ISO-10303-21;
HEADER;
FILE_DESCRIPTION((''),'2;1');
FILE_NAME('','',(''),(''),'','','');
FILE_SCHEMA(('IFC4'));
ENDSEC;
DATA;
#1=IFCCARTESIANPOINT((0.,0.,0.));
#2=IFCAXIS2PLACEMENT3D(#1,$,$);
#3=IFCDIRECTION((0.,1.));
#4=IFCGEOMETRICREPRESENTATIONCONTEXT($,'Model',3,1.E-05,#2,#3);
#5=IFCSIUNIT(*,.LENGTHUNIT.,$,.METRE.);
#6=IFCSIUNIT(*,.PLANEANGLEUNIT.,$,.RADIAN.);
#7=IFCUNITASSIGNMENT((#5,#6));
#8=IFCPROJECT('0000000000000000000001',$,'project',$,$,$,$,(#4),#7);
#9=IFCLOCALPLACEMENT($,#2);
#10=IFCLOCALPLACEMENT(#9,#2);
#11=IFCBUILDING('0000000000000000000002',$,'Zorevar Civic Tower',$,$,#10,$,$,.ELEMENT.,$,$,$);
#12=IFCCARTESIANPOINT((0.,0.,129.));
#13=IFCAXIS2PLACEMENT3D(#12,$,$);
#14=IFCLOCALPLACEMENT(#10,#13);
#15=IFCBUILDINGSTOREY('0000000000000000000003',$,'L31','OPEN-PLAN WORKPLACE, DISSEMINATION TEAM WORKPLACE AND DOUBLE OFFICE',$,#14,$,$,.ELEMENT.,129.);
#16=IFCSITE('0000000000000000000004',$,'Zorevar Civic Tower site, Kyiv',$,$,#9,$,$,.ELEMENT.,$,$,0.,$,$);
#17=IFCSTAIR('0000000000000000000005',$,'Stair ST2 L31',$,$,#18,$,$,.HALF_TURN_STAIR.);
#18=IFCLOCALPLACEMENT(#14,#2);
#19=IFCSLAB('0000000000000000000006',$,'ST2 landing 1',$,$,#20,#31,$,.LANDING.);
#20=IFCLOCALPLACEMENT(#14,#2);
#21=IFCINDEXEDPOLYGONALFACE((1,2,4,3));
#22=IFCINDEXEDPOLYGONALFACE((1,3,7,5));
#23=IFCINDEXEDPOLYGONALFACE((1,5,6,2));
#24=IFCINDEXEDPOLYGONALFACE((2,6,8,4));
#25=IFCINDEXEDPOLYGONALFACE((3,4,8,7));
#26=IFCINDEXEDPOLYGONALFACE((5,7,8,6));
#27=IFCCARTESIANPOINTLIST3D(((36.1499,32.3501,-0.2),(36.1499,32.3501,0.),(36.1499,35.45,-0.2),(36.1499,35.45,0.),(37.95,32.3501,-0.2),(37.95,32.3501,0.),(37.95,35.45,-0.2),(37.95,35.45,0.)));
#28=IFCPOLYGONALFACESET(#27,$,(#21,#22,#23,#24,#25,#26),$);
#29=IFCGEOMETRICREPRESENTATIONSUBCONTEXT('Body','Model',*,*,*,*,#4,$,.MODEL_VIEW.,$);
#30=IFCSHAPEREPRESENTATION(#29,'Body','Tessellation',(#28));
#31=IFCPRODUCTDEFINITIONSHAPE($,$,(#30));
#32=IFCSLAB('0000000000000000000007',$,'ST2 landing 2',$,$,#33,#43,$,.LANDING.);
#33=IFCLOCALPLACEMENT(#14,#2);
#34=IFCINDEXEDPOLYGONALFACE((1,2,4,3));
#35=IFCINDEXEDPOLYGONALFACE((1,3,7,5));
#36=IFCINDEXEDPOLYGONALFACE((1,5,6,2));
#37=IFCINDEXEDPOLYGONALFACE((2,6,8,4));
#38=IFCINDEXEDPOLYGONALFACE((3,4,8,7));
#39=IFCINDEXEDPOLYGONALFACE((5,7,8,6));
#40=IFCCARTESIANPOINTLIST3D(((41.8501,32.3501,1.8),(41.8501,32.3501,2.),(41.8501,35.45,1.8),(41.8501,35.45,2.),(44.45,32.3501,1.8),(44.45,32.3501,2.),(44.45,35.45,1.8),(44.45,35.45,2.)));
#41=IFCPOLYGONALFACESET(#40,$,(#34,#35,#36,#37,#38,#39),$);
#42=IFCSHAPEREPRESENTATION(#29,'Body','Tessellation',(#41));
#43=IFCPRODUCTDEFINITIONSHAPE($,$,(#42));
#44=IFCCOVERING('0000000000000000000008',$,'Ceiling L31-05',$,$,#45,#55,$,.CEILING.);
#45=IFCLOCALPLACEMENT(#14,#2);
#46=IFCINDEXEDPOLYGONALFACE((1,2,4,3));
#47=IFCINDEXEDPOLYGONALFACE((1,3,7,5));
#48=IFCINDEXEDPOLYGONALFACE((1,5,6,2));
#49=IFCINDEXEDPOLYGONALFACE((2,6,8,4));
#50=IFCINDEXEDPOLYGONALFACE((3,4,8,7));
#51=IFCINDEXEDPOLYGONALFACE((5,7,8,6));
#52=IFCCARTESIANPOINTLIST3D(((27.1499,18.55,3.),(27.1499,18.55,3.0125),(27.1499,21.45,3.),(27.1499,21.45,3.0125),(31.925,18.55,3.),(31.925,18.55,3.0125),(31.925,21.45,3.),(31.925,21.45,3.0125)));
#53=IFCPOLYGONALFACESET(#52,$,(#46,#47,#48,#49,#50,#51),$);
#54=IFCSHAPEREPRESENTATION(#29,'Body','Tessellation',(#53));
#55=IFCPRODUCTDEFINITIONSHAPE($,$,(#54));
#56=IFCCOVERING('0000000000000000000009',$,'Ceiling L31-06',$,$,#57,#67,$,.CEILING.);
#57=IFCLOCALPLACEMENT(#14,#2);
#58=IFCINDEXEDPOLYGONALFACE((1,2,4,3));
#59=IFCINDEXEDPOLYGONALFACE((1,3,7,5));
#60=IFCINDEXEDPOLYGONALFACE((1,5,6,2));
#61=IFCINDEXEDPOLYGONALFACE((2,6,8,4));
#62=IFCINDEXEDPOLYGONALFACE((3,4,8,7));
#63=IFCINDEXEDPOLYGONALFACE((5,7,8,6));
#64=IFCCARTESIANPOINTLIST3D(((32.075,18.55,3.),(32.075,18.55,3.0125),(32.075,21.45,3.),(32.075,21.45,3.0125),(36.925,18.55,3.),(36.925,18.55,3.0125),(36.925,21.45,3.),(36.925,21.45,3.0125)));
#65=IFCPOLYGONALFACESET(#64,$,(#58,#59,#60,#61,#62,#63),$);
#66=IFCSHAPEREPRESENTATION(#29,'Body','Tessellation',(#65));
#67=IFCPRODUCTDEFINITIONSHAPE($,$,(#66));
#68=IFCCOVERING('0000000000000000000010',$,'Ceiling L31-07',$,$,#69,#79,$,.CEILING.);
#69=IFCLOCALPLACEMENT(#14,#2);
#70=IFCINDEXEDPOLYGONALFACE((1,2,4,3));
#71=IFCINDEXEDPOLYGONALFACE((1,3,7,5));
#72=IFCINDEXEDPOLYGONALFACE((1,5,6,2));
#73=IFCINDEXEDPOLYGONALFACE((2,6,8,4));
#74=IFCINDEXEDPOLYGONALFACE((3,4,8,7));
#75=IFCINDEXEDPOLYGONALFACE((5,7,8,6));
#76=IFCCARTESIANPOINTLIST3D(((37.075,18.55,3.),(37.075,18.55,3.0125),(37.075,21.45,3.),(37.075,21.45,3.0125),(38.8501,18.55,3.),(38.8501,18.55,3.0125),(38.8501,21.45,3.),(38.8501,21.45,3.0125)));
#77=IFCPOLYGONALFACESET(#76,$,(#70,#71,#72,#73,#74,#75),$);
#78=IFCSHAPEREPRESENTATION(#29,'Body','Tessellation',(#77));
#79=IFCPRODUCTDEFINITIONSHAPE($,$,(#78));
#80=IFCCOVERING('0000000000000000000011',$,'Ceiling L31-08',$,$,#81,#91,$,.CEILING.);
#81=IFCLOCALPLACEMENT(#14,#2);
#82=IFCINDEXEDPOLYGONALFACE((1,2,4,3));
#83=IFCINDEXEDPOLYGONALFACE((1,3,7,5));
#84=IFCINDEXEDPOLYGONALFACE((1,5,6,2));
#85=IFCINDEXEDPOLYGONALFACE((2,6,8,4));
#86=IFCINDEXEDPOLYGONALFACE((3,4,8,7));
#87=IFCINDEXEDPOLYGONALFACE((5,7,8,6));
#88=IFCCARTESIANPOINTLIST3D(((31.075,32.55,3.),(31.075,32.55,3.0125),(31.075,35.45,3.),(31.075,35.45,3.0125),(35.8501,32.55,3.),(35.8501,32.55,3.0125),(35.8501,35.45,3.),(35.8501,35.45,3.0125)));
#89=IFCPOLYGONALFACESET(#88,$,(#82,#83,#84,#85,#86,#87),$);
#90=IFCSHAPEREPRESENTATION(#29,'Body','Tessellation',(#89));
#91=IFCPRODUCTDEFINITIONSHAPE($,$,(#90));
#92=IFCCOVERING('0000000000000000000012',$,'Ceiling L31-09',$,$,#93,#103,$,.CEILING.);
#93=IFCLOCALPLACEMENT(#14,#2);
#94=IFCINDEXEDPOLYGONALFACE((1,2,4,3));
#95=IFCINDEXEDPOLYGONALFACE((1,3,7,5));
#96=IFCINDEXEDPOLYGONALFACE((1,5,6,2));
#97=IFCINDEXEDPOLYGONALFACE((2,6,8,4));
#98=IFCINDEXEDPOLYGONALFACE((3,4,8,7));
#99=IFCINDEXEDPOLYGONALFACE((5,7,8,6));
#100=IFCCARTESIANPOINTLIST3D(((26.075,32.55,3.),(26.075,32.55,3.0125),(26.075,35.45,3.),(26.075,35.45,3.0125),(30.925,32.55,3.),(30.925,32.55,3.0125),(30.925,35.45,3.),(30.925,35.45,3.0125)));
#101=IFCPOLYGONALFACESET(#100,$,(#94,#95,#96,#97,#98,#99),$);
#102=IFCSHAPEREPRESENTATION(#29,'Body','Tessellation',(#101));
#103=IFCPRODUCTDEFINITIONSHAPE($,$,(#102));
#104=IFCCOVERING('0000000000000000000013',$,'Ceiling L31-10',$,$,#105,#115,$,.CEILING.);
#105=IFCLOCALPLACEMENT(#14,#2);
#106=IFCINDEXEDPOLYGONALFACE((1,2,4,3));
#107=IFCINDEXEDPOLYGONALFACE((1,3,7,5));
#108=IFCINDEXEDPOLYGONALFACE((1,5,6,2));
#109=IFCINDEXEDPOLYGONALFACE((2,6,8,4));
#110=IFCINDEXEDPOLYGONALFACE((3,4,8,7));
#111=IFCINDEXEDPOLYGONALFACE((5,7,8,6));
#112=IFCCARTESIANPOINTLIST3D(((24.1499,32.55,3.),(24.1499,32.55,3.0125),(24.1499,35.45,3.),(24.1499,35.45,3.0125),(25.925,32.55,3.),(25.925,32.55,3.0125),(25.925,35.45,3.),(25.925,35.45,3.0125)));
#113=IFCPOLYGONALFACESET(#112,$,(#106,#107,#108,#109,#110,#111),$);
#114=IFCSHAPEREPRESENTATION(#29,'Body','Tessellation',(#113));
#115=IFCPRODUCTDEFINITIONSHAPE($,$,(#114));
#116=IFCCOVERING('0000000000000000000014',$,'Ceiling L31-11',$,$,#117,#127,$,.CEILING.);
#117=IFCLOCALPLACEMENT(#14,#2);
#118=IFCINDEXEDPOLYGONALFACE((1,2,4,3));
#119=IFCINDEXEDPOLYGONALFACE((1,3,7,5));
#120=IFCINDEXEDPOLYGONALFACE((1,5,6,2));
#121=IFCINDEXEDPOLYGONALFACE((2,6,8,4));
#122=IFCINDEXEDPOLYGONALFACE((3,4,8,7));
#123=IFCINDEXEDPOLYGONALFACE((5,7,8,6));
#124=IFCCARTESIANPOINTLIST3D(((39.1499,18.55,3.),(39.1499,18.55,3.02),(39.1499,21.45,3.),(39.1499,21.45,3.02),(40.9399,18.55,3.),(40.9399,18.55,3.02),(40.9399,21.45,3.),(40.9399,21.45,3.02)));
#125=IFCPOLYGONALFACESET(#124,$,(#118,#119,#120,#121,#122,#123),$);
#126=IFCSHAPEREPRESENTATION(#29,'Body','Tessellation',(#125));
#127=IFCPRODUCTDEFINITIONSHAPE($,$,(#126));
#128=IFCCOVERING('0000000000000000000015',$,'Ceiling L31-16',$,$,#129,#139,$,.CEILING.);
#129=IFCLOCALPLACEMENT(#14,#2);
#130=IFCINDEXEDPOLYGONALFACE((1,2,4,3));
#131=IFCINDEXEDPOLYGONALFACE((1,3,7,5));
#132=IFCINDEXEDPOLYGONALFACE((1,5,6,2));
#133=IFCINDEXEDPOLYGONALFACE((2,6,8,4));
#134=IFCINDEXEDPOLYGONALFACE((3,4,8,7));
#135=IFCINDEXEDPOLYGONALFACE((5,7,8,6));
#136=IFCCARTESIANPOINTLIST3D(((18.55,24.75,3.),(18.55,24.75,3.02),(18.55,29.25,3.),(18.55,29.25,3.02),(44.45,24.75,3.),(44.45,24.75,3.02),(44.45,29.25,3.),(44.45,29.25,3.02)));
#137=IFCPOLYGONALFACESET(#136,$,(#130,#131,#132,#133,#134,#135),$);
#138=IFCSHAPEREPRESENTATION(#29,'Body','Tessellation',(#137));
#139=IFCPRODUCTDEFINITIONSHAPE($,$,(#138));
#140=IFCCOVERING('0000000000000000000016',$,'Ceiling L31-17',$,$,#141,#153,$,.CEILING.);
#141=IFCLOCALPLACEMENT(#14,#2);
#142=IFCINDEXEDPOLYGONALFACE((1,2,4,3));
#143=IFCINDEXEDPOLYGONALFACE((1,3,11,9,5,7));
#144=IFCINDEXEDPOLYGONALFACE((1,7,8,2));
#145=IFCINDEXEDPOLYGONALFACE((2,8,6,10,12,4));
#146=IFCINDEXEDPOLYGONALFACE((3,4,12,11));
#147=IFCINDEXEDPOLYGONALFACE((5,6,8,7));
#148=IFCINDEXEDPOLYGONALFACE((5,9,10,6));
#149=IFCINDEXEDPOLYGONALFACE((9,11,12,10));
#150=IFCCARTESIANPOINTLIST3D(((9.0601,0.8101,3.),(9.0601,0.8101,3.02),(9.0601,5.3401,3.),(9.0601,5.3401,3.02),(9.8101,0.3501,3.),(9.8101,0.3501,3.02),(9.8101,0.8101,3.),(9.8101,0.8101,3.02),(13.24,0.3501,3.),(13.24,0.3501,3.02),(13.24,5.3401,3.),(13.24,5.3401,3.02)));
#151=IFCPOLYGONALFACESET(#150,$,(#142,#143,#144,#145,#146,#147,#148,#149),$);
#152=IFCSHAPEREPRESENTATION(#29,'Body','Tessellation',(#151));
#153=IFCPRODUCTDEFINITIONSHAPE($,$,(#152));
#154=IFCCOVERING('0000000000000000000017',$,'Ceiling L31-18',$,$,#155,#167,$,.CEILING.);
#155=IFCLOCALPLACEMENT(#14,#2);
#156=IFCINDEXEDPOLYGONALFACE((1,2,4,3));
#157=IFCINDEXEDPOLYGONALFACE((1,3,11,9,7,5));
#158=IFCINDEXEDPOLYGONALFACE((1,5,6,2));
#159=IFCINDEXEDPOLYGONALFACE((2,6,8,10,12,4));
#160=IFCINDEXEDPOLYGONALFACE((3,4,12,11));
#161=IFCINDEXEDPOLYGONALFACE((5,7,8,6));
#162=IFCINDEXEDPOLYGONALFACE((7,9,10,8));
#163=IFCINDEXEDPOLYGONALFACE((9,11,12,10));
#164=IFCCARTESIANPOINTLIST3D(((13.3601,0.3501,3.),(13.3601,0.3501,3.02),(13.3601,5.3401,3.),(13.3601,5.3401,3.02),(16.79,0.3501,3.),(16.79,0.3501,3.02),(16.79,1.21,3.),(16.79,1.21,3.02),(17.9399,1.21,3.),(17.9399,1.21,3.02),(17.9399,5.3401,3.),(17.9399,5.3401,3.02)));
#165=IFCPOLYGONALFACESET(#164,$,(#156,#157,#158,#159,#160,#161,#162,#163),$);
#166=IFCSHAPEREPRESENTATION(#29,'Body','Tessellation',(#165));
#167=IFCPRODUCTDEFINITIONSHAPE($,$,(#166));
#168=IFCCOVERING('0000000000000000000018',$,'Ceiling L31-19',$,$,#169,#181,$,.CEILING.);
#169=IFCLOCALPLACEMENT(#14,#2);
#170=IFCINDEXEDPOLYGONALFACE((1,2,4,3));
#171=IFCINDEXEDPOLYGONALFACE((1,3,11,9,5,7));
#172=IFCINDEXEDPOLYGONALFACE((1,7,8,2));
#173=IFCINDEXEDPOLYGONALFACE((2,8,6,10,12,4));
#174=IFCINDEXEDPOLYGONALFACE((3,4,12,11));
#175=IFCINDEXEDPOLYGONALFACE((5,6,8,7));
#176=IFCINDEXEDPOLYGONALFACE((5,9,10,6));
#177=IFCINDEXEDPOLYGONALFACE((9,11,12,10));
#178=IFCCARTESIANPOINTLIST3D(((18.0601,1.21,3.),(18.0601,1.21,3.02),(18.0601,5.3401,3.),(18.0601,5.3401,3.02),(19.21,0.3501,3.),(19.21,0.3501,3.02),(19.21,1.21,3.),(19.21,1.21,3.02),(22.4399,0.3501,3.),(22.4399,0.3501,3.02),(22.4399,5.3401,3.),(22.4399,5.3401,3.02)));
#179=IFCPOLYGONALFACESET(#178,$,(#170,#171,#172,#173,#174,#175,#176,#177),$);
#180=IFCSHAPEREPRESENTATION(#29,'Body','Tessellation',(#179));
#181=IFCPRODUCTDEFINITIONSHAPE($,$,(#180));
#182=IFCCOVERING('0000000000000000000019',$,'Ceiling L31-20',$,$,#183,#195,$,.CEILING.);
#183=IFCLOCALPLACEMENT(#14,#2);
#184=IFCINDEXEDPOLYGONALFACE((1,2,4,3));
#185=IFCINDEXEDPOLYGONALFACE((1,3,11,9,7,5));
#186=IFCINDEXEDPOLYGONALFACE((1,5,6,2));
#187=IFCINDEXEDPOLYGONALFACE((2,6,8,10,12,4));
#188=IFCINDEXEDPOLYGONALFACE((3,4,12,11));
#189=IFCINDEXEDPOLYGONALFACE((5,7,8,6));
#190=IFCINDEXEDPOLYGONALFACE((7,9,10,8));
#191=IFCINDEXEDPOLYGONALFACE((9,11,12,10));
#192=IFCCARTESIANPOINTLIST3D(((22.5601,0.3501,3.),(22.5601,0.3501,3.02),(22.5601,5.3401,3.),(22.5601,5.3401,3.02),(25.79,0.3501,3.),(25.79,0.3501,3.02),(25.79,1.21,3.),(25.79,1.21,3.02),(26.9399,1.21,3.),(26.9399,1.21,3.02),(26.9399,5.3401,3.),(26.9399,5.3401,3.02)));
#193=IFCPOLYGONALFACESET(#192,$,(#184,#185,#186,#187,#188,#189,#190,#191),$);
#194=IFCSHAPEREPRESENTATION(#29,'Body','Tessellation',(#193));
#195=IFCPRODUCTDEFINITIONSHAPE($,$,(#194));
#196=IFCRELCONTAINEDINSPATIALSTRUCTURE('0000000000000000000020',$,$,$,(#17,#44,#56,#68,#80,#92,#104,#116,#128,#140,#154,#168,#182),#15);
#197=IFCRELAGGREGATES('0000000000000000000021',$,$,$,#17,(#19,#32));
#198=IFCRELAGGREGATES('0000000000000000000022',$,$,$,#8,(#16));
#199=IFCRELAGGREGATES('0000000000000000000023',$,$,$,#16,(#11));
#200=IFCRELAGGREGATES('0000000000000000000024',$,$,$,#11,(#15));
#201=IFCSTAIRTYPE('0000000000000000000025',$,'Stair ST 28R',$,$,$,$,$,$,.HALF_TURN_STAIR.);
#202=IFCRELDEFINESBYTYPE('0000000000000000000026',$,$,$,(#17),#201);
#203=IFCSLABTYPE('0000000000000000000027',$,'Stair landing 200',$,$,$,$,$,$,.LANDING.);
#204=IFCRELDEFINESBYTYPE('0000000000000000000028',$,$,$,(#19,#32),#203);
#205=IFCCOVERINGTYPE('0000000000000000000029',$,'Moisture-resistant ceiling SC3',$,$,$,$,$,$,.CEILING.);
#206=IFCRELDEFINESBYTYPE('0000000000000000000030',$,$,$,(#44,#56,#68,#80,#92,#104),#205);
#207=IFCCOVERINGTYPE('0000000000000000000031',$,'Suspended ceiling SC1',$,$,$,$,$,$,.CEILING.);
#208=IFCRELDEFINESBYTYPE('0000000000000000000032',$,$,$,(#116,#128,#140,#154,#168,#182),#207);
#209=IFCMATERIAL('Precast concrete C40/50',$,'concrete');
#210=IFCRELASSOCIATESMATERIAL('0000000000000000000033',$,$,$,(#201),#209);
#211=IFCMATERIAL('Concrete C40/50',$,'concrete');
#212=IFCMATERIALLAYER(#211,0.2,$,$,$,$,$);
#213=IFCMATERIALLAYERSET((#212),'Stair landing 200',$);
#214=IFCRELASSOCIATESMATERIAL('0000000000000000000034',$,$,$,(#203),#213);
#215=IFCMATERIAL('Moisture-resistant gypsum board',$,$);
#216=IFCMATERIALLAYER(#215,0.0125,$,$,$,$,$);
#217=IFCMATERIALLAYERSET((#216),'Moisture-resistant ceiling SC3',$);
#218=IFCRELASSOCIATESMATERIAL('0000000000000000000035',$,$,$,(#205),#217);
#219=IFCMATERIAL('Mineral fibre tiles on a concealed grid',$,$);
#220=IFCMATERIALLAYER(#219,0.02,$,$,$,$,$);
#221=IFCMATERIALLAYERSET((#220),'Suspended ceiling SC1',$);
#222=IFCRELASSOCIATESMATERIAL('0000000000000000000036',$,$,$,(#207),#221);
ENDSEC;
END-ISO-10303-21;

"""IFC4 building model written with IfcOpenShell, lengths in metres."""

from ifc_helpers import new_model, si_unit, direction, frame, origin, place, context, subcontext, project, spatial, polyline, outline, extrude, material, layer, layer_set, type_object, element, aggregate, save


model = new_model("IFC4")

# Units and contexts
model_context = context("Model", 3, precision=1e-05, world=origin(), true_north=direction((0.0, 1.0)))
body_context = subcontext(model_context, "Body", "Model", "MODEL_VIEW")
ifc_project = project(units=[si_unit("LENGTHUNIT", "METRE"), si_unit("PLANEANGLEUNIT", "RADIAN")], contexts=[model_context])

# Site, building, storey
site_placement = place(None, origin())
site = spatial("IfcSite", under=ifc_project, at=site_placement, Name="Zorevar Civic Tower site, Kyiv", CompositionType="ELEMENT", RefElevation=0.0)
building_placement = place(site_placement, origin())
building = spatial("IfcBuilding", under=site, at=building_placement, Name="Zorevar Civic Tower", CompositionType="ELEMENT")
storey_placement = place(building_placement, frame((0.0, 0.0, 129.0)))
storey = spatial("IfcBuildingStorey", under=building, at=storey_placement, Name="L31", Description="OPEN-PLAN WORKPLACE, DISSEMINATION TEAM WORKPLACE AND DOUBLE OFFICE", CompositionType="ELEMENT", Elevation=129.0)

# Stair, slabs
ifc_material_1 = material(Name="Precast concrete C40/50", Category="concrete")
stair_type = type_object("IfcStairType", Name="Stair ST 28R", PredefinedType="HALF_TURN_STAIR", material=ifc_material_1)
ifc_material_2 = material(Name="Concrete C40/50", Category="concrete")
ifc_layer_1 = layer(ifc_material_2, 0.2)
ifc_layer_set_1 = layer_set([ifc_layer_1], Name="Stair landing 200")
slab_type_1 = type_object("IfcSlabType", Name="Stair landing 200", PredefinedType="LANDING", material=ifc_layer_set_1)
stair_1_placement = place(storey_placement, origin())
stair_1 = element("IfcStair", 1, at=stair_1_placement, inside=storey, type_object=stair_type, Name="Stair ST2 L31", PredefinedType="HALF_TURN_STAIR")
slab_1_placement = place(storey_placement, frame((0.0, 0.0, -0.2)))
slab_1 = element("IfcSlab", 2, at=slab_1_placement, type_object=slab_type_1, Name="ST2 landing 1", PredefinedType="LANDING", context=body_context, shape_type="SweptSolid", body=[
    extrude(outline(polyline([(37.95, 32.3501), (36.1499, 32.3501), (36.1499, 35.45), (37.95, 35.45), (37.95, 32.3501)])), origin(), (0.0, 0.0, 1.0), 0.2),
])
slab_2_placement = place(storey_placement, frame((0.0, 0.0, 1.8)))
slab_2 = element("IfcSlab", 3, at=slab_2_placement, type_object=slab_type_1, Name="ST2 landing 2", PredefinedType="LANDING", context=body_context, shape_type="SweptSolid", body=[
    extrude(outline(polyline([(44.45, 32.3501), (41.8501, 32.3501), (41.8501, 35.45), (44.45, 35.45), (44.45, 32.3501)])), origin(), (0.0, 0.0, 1.0), 0.2),
])
aggregate(stair_1, [slab_1, slab_2])

# Coverings
ifc_material_3 = material(Name="Moisture-resistant gypsum board")
ifc_layer_2 = layer(ifc_material_3, 0.0125)
ifc_layer_set_2 = layer_set([ifc_layer_2], Name="Moisture-resistant ceiling SC3")
covering_type_1 = type_object("IfcCoveringType", Name="Moisture-resistant ceiling SC3", PredefinedType="CEILING", material=ifc_layer_set_2)
covering_1_placement = place(storey_placement, frame((0.0, 0.0, 3.0)))
element("IfcCovering", 4, at=covering_1_placement, inside=storey, type_object=covering_type_1, Name="Ceiling L31-05", PredefinedType="CEILING", context=body_context, shape_type="SweptSolid", body=[
    extrude(outline(polyline([(31.925, 18.55), (31.925, 21.45), (27.1499, 21.45), (27.1499, 18.55), (31.925, 18.55)])), origin(), (0.0, 0.0, 1.0), 0.0125),
])
covering_2_placement = place(storey_placement, frame((0.0, 0.0, 3.0)))
element("IfcCovering", 5, at=covering_2_placement, inside=storey, type_object=covering_type_1, Name="Ceiling L31-06", PredefinedType="CEILING", context=body_context, shape_type="SweptSolid", body=[
    extrude(outline(polyline([(36.925, 18.55), (36.925, 21.45), (32.075, 21.45), (32.075, 18.55), (36.925, 18.55)])), origin(), (0.0, 0.0, 1.0), 0.0125),
])
covering_3_placement = place(storey_placement, frame((0.0, 0.0, 3.0)))
element("IfcCovering", 6, at=covering_3_placement, inside=storey, type_object=covering_type_1, Name="Ceiling L31-07", PredefinedType="CEILING", context=body_context, shape_type="SweptSolid", body=[
    extrude(outline(polyline([(38.8501, 18.55), (38.8501, 21.45), (37.075, 21.45), (37.075, 18.55), (38.8501, 18.55)])), origin(), (0.0, 0.0, 1.0), 0.0125),
])
covering_4_placement = place(storey_placement, frame((0.0, 0.0, 3.0)))
element("IfcCovering", 7, at=covering_4_placement, inside=storey, type_object=covering_type_1, Name="Ceiling L31-08", PredefinedType="CEILING", context=body_context, shape_type="SweptSolid", body=[
    extrude(outline(polyline([(35.8501, 32.55), (35.8501, 35.45), (31.075, 35.45), (31.075, 32.55), (35.8501, 32.55)])), origin(), (0.0, 0.0, 1.0), 0.0125),
])
covering_5_placement = place(storey_placement, frame((0.0, 0.0, 3.0)))
element("IfcCovering", 8, at=covering_5_placement, inside=storey, type_object=covering_type_1, Name="Ceiling L31-09", PredefinedType="CEILING", context=body_context, shape_type="SweptSolid", body=[
    extrude(outline(polyline([(30.925, 32.55), (30.925, 35.45), (26.075, 35.45), (26.075, 32.55), (30.925, 32.55)])), origin(), (0.0, 0.0, 1.0), 0.0125),
])
covering_6_placement = place(storey_placement, frame((0.0, 0.0, 3.0)))
element("IfcCovering", 9, at=covering_6_placement, inside=storey, type_object=covering_type_1, Name="Ceiling L31-10", PredefinedType="CEILING", context=body_context, shape_type="SweptSolid", body=[
    extrude(outline(polyline([(25.925, 32.55), (25.925, 35.45), (24.1499, 35.45), (24.1499, 32.55), (25.925, 32.55)])), origin(), (0.0, 0.0, 1.0), 0.0125),
])
ifc_material_4 = material(Name="Mineral fibre tiles on a concealed grid")
ifc_layer_3 = layer(ifc_material_4, 0.02)
ifc_layer_set_3 = layer_set([ifc_layer_3], Name="Suspended ceiling SC1")
covering_type_2 = type_object("IfcCoveringType", Name="Suspended ceiling SC1", PredefinedType="CEILING", material=ifc_layer_set_3)
covering_7_placement = place(storey_placement, frame((0.0, 0.0, 3.0)))
element("IfcCovering", 10, at=covering_7_placement, inside=storey, type_object=covering_type_2, Name="Ceiling L31-11", PredefinedType="CEILING", context=body_context, shape_type="SweptSolid", body=[
    extrude(outline(polyline([(40.9399, 18.55), (40.9399, 21.45), (39.1499, 21.45), (39.1499, 18.55), (40.9399, 18.55)])), origin(), (0.0, 0.0, 1.0), 0.02),
])
covering_8_placement = place(storey_placement, frame((0.0, 0.0, 3.0)))
element("IfcCovering", 11, at=covering_8_placement, inside=storey, type_object=covering_type_2, Name="Ceiling L31-16", PredefinedType="CEILING", context=body_context, shape_type="SweptSolid", body=[
    extrude(outline(polyline([(44.45, 24.75), (44.45, 29.25), (18.55, 29.25), (18.55, 24.75), (44.45, 24.75)])), origin(), (0.0, 0.0, 1.0), 0.02),
])
covering_9_placement = place(storey_placement, frame((0.0, 0.0, 3.0)))
element("IfcCovering", 12, at=covering_9_placement, inside=storey, type_object=covering_type_2, Name="Ceiling L31-17", PredefinedType="CEILING", context=body_context, shape_type="SweptSolid", body=[
    extrude(outline(polyline([(13.24, 5.3401), (13.24, 0.3501), (9.8101, 0.3501), (9.8101, 0.8101), (9.0601, 0.8101), (9.0601, 5.3401), (13.24, 5.3401)])), origin(), (0.0, 0.0, 1.0), 0.02),
])
covering_10_placement = place(storey_placement, frame((0.0, 0.0, 3.0)))
element("IfcCovering", 13, at=covering_10_placement, inside=storey, type_object=covering_type_2, Name="Ceiling L31-18", PredefinedType="CEILING", context=body_context, shape_type="SweptSolid", body=[
    extrude(outline(polyline([(17.9399, 5.3401), (17.9399, 1.21), (16.79, 1.21), (16.79, 0.3501), (13.3601, 0.3501), (13.3601, 5.3401), (17.9399, 5.3401)])), origin(), (0.0, 0.0, 1.0), 0.02),
])
covering_11_placement = place(storey_placement, frame((0.0, 0.0, 3.0)))
element("IfcCovering", 14, at=covering_11_placement, inside=storey, type_object=covering_type_2, Name="Ceiling L31-19", PredefinedType="CEILING", context=body_context, shape_type="SweptSolid", body=[
    extrude(outline(polyline([(22.4399, 5.3401), (22.4399, 0.3501), (19.21, 0.3501), (19.21, 1.21), (18.0601, 1.21), (18.0601, 5.3401), (22.4399, 5.3401)])), origin(), (0.0, 0.0, 1.0), 0.02),
])
covering_12_placement = place(storey_placement, frame((0.0, 0.0, 3.0)))
element("IfcCovering", 15, at=covering_12_placement, inside=storey, type_object=covering_type_2, Name="Ceiling L31-20", PredefinedType="CEILING", context=body_context, shape_type="SweptSolid", body=[
    extrude(outline(polyline([(26.9399, 5.3401), (26.9399, 1.21), (25.79, 1.21), (25.79, 0.3501), (22.5601, 0.3501), (22.5601, 5.3401), (26.9399, 5.3401)])), origin(), (0.0, 0.0, 1.0), 0.02),
])

save(model, "model.ifc")
